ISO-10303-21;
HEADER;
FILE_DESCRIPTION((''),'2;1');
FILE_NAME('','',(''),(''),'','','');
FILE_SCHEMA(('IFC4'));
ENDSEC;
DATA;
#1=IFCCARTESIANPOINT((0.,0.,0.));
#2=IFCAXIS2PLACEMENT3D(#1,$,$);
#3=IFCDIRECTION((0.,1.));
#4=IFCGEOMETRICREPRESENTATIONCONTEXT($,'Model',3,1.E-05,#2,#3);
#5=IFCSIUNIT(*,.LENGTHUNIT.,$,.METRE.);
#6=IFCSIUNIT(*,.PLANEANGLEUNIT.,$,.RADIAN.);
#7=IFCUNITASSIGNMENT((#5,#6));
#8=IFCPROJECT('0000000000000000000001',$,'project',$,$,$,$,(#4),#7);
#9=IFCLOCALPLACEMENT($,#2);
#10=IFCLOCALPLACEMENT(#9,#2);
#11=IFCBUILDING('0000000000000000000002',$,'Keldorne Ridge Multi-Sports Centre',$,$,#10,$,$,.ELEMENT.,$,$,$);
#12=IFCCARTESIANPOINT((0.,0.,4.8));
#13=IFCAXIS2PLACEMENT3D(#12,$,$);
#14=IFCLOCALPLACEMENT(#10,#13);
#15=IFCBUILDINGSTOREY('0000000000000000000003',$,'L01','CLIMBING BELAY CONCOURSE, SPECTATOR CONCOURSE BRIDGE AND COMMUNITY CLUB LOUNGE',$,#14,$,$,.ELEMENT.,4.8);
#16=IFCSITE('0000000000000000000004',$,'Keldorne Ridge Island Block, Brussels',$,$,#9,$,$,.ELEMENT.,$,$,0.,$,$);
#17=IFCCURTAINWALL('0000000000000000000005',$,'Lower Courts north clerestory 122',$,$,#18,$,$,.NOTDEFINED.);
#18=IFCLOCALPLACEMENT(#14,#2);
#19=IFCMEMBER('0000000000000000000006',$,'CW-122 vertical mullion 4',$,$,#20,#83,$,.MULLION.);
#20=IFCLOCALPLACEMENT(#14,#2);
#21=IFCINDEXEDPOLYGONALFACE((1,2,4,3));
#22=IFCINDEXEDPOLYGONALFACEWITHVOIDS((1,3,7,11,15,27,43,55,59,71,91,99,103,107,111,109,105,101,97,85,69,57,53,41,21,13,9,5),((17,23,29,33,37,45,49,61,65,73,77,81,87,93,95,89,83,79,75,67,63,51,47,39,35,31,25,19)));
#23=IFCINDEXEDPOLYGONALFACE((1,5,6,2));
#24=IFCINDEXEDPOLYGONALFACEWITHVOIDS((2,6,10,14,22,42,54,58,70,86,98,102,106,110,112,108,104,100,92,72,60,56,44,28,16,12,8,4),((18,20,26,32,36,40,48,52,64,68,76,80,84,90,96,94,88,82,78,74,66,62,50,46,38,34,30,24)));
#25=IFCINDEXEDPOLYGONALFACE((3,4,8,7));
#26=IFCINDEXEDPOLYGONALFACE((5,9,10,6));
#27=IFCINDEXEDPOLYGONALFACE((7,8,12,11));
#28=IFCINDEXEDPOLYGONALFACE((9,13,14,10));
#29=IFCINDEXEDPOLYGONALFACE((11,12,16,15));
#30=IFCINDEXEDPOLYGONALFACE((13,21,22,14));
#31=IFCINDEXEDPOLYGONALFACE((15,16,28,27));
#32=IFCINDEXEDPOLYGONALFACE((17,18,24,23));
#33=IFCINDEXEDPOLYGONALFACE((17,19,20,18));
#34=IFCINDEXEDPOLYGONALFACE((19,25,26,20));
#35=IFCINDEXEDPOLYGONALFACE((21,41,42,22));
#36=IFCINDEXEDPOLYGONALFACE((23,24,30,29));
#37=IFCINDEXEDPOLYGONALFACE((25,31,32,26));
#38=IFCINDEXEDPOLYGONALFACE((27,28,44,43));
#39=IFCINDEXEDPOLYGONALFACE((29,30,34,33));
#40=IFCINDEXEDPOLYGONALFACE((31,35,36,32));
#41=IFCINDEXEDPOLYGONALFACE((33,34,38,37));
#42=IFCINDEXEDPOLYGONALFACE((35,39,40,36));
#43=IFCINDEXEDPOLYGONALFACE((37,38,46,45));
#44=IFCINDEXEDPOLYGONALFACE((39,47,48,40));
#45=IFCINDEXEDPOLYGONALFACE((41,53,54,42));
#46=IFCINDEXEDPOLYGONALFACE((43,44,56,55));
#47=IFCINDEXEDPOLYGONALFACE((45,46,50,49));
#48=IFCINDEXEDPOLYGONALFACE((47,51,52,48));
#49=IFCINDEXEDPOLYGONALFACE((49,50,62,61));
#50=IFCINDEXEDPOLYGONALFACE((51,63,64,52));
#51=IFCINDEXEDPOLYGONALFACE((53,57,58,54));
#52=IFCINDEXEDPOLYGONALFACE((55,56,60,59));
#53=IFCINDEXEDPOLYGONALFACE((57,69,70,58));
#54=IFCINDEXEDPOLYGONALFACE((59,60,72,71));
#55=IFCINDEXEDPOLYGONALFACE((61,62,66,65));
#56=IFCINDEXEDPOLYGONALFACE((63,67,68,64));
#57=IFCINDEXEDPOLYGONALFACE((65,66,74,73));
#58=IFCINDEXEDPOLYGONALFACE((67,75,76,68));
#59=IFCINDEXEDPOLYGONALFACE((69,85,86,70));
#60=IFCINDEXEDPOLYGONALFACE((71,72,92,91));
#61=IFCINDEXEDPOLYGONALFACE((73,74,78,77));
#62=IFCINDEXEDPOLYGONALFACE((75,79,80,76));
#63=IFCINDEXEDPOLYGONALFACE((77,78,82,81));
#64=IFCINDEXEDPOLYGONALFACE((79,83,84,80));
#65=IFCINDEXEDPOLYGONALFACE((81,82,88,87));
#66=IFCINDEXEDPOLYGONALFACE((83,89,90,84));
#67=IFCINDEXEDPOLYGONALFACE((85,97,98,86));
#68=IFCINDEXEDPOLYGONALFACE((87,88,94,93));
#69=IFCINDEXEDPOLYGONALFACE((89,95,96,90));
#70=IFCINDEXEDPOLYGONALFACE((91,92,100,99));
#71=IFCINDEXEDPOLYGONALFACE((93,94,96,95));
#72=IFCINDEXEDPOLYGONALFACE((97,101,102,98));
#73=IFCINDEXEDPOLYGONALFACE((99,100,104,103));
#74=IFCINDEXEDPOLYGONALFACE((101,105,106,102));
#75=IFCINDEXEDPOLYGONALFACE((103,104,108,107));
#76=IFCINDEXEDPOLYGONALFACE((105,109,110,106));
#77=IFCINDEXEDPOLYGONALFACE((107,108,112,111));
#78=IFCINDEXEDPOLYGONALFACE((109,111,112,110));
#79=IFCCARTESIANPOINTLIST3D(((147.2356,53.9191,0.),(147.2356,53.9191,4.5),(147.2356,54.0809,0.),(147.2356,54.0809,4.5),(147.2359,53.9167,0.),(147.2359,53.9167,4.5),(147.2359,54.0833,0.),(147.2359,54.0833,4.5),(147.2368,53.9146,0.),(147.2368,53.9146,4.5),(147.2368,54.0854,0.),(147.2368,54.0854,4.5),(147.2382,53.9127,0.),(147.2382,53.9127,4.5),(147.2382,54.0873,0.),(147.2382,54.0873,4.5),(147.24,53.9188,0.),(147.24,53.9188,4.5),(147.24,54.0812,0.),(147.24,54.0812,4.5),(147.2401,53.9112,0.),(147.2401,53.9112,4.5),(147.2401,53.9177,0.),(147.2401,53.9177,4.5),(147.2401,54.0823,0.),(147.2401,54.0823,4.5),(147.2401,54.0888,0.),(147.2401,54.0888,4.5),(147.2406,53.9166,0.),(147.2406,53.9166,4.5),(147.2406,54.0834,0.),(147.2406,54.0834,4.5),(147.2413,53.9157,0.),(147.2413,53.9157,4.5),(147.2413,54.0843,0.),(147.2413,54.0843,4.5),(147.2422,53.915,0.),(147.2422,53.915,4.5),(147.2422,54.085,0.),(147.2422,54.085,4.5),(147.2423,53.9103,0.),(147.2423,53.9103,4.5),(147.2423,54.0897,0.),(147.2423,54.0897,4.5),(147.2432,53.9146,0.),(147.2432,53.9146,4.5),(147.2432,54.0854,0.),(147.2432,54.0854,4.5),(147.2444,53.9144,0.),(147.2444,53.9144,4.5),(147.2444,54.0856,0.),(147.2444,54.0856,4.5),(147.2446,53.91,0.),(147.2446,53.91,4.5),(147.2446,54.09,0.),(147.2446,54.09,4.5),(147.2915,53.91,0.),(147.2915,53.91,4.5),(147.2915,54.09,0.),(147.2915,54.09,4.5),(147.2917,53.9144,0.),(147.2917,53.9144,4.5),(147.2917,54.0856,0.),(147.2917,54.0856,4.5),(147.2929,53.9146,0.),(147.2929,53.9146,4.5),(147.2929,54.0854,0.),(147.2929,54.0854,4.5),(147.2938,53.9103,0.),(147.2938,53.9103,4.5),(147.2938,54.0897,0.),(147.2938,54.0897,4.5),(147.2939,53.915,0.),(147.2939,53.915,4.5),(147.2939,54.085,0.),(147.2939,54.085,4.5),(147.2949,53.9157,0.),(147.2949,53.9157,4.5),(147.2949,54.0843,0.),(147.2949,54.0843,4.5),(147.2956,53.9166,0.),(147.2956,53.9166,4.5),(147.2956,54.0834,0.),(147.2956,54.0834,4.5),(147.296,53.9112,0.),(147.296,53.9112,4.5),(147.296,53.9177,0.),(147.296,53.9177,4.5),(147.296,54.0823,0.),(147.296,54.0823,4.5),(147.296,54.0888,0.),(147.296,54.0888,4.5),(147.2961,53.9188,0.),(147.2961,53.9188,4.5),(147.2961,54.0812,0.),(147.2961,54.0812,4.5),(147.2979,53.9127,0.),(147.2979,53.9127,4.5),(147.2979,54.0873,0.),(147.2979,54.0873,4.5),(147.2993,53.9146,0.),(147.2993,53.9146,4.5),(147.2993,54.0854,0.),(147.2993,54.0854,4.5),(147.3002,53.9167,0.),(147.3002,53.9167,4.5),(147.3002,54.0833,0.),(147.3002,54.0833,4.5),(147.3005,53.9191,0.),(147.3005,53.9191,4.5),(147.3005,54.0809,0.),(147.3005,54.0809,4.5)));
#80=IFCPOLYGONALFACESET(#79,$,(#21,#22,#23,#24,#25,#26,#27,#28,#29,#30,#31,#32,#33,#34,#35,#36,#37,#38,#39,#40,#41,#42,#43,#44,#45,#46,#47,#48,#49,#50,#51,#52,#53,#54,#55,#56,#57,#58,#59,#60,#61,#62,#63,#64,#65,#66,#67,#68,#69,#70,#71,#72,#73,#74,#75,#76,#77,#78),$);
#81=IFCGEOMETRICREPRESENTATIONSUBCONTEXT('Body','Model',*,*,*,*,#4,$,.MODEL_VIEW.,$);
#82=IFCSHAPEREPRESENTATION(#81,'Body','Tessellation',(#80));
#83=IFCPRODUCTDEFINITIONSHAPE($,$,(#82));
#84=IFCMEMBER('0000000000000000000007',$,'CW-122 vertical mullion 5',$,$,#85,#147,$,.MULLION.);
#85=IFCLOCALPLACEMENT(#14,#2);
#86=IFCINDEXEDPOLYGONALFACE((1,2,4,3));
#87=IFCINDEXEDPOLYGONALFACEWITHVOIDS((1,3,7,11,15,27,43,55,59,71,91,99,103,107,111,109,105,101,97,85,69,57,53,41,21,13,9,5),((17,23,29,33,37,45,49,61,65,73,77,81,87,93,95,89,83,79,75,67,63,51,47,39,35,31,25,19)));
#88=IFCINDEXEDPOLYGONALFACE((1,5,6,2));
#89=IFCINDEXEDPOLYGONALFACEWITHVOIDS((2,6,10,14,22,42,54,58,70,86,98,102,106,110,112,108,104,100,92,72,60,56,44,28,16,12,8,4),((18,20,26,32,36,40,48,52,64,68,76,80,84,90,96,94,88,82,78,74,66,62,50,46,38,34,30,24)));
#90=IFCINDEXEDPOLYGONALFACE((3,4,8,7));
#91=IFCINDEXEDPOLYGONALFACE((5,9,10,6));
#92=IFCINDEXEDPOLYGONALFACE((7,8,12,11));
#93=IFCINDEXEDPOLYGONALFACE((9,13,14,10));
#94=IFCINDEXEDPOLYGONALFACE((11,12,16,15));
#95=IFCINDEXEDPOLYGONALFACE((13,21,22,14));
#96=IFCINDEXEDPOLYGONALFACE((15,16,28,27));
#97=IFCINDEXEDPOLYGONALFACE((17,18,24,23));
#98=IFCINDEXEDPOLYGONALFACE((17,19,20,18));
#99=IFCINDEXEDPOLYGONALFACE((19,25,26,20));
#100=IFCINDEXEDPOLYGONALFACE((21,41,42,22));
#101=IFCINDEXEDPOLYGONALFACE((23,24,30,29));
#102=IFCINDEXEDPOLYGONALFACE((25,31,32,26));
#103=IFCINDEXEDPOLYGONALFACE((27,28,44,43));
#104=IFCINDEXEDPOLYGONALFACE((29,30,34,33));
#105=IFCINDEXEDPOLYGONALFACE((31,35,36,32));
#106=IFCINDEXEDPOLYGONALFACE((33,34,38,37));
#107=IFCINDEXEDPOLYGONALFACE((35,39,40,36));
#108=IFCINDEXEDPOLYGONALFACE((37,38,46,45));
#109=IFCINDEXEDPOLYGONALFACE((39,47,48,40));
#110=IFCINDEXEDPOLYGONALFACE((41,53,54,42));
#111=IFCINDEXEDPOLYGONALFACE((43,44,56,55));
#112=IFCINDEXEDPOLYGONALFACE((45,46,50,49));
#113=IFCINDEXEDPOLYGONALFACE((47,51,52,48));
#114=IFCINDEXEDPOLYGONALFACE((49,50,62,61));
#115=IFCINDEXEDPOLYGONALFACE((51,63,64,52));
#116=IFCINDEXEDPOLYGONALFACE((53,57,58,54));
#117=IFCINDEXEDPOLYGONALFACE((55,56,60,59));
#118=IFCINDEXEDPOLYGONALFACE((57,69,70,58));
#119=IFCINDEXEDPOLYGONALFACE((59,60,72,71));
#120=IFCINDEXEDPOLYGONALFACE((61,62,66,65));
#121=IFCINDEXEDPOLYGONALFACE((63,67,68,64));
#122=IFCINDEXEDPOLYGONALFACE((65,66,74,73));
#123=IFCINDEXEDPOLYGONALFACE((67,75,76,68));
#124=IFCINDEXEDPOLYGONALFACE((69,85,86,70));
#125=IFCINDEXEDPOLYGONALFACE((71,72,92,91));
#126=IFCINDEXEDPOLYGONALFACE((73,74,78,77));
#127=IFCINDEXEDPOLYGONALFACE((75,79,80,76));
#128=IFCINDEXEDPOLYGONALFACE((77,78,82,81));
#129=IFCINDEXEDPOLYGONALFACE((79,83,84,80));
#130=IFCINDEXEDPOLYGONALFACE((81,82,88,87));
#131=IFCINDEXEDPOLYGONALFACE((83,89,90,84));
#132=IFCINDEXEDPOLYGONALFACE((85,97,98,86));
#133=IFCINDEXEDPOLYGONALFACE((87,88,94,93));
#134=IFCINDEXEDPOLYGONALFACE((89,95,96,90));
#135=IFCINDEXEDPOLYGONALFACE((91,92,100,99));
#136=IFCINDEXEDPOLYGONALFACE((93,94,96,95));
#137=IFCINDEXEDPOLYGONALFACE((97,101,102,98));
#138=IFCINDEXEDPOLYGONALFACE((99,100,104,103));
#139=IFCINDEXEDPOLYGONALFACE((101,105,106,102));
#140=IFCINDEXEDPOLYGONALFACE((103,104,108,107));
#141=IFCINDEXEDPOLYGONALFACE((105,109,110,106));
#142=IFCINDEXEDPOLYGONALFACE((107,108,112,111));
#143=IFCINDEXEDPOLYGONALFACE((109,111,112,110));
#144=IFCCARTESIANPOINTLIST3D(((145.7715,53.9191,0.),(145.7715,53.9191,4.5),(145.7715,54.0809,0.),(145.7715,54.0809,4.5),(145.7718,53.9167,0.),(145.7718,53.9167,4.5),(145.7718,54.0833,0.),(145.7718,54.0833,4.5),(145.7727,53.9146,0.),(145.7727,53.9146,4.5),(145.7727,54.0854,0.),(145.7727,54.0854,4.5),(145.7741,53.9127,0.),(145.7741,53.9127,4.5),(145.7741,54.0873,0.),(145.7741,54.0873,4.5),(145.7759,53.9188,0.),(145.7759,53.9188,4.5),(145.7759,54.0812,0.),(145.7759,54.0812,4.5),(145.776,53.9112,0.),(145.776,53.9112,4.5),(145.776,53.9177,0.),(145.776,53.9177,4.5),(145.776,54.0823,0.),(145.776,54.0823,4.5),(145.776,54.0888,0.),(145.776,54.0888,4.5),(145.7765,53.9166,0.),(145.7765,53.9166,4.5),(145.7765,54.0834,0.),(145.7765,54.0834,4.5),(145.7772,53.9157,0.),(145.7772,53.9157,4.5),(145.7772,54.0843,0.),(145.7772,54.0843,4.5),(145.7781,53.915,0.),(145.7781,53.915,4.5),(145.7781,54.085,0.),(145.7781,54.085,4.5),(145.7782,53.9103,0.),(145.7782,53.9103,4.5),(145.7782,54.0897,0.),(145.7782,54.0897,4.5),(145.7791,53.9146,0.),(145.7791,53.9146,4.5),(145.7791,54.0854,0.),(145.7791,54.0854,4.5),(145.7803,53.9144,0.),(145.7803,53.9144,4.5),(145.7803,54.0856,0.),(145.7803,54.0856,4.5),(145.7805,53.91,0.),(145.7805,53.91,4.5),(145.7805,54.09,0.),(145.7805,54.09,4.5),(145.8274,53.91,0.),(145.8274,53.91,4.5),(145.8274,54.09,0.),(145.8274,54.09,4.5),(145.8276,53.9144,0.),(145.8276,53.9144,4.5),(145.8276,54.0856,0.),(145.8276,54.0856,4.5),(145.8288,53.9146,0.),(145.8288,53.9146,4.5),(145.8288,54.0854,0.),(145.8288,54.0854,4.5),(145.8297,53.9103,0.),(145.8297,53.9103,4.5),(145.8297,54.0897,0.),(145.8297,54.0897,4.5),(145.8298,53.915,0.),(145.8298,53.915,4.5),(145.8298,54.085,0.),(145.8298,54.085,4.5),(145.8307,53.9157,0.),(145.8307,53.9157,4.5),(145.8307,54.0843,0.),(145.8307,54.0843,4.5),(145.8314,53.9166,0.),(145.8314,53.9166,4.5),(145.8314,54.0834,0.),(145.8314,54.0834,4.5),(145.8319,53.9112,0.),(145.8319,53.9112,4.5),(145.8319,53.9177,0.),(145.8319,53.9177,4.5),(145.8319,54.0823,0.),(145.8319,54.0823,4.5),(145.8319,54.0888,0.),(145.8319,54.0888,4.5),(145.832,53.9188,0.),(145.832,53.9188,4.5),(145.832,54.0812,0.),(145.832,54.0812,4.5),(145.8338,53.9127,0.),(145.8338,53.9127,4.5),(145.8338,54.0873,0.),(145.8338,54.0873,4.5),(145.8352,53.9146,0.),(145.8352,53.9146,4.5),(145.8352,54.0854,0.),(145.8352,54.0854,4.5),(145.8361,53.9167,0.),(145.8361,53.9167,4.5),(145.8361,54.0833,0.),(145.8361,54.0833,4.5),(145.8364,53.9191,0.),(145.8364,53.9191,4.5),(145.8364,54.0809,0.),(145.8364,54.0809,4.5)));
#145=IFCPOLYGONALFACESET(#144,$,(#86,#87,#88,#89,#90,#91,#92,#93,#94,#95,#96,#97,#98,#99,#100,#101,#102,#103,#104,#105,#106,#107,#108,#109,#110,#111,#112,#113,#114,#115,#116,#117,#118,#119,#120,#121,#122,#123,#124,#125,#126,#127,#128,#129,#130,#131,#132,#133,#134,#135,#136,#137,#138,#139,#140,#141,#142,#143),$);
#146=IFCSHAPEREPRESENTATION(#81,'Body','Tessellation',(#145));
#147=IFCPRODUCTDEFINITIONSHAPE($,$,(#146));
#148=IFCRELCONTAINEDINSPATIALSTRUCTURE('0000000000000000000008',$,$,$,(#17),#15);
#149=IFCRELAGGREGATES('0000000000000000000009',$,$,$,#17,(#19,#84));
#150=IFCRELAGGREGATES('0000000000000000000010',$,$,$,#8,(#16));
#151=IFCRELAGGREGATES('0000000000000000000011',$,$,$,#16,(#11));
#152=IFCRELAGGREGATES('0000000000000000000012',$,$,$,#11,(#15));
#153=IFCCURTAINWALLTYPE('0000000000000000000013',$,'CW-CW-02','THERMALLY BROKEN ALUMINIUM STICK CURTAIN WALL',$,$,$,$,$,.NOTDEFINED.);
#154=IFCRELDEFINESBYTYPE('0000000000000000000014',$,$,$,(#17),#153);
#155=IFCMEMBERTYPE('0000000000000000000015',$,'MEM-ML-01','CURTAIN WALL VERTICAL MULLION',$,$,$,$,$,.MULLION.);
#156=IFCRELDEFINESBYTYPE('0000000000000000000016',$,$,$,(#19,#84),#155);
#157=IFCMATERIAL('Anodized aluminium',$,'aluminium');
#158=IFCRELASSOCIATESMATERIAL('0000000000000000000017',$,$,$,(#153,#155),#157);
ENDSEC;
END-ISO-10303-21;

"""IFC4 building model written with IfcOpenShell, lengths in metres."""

from ifc_helpers import new_model, si_unit, direction, frame, origin, origin_2d, place, context, subcontext, project, spatial, hollow_rectangle, extrude, material, material_profile, profile_set, type_object, element, aggregate, save


model = new_model("IFC4")

# Units and contexts
model_context = context("Model", 3, precision=1e-05, world=origin(), true_north=direction((0.0, 1.0)))
body_context = subcontext(model_context, "Body", "Model", "MODEL_VIEW")
ifc_project = project(units=[si_unit("LENGTHUNIT", "METRE"), si_unit("PLANEANGLEUNIT", "RADIAN")], contexts=[model_context])

# Site, building, storey
site_placement = place(None, origin())
site = spatial("IfcSite", under=ifc_project, at=site_placement, Name="Keldorne Ridge Island Block, Brussels", CompositionType="ELEMENT", RefElevation=0.0)
building_placement = place(site_placement, origin())
building = spatial("IfcBuilding", under=site, at=building_placement, Name="Keldorne Ridge Multi-Sports Centre", CompositionType="ELEMENT")
storey_placement = place(building_placement, frame((0.0, 0.0, 4.8)))
storey = spatial("IfcBuildingStorey", under=building, at=storey_placement, Name="L01", Description="CLIMBING BELAY CONCOURSE, SPECTATOR CONCOURSE BRIDGE AND COMMUNITY CLUB LOUNGE", CompositionType="ELEMENT", Elevation=4.8)

# Curtain wall, members
ifc_material_1 = material(Name="Anodized aluminium", Category="aluminium")
curtain_wall_type = type_object("IfcCurtainWallType", Name="CW-CW-02", Description="THERMALLY BROKEN ALUMINIUM STICK CURTAIN WALL", PredefinedType="NOTDEFINED", material=ifc_material_1)
curtain_wall_placement = place(storey_placement, origin())
curtain_wall = element("IfcCurtainWall", 1, at=curtain_wall_placement, inside=storey, type_object=curtain_wall_type, Name="Lower Courts north clerestory 122", PredefinedType="NOTDEFINED")
ifc_material_profile_1 = material_profile(ifc_material_1, hollow_rectangle(XDim=0.0649, YDim=0.1799, WallThickness=0.0044, InnerFilletRadius=0.0044, OuterFilletRadius=0.009, at=origin_2d()), Name="ALU MULLION 180x65x4.5")
ifc_profile_set_1 = profile_set([ifc_material_profile_1], Name="Anodized aluminium")
member_type_1 = type_object("IfcMemberType", Name="MEM-ML-01", Description="CURTAIN WALL VERTICAL MULLION", PredefinedType="MULLION", material=ifc_profile_set_1)
member_1_placement = place(storey_placement, frame((147.2681, 54.0, 0.0), z_axis=(0.0, 0.0, 1.0), x_axis=(1.0, 0.0, 0.0)))
member_1 = element("IfcMember", 2, at=member_1_placement, type_object=member_type_1, Name="CW-122 vertical mullion 4", PredefinedType="MULLION", context=body_context, shape_type="SweptSolid", body=[
    extrude(hollow_rectangle(XDim=0.0649, YDim=0.1799, WallThickness=0.0044, InnerFilletRadius=0.0044, OuterFilletRadius=0.009, at=origin_2d()), origin(), (0.0, 0.0, 1.0), 4.5),
])
member_2_placement = place(storey_placement, frame((145.804, 54.0, 0.0), z_axis=(0.0, 0.0, 1.0), x_axis=(1.0, 0.0, 0.0)))
member_2 = element("IfcMember", 3, at=member_2_placement, type_object=member_type_1, Name="CW-122 vertical mullion 5", PredefinedType="MULLION", context=body_context, shape_type="SweptSolid", body=[
    extrude(hollow_rectangle(XDim=0.0649, YDim=0.1799, WallThickness=0.0044, InnerFilletRadius=0.0044, OuterFilletRadius=0.009, at=origin_2d()), origin(), (0.0, 0.0, 1.0), 4.5),
])
aggregate(curtain_wall, [member_1, member_2])

save(model, "model.ifc")
